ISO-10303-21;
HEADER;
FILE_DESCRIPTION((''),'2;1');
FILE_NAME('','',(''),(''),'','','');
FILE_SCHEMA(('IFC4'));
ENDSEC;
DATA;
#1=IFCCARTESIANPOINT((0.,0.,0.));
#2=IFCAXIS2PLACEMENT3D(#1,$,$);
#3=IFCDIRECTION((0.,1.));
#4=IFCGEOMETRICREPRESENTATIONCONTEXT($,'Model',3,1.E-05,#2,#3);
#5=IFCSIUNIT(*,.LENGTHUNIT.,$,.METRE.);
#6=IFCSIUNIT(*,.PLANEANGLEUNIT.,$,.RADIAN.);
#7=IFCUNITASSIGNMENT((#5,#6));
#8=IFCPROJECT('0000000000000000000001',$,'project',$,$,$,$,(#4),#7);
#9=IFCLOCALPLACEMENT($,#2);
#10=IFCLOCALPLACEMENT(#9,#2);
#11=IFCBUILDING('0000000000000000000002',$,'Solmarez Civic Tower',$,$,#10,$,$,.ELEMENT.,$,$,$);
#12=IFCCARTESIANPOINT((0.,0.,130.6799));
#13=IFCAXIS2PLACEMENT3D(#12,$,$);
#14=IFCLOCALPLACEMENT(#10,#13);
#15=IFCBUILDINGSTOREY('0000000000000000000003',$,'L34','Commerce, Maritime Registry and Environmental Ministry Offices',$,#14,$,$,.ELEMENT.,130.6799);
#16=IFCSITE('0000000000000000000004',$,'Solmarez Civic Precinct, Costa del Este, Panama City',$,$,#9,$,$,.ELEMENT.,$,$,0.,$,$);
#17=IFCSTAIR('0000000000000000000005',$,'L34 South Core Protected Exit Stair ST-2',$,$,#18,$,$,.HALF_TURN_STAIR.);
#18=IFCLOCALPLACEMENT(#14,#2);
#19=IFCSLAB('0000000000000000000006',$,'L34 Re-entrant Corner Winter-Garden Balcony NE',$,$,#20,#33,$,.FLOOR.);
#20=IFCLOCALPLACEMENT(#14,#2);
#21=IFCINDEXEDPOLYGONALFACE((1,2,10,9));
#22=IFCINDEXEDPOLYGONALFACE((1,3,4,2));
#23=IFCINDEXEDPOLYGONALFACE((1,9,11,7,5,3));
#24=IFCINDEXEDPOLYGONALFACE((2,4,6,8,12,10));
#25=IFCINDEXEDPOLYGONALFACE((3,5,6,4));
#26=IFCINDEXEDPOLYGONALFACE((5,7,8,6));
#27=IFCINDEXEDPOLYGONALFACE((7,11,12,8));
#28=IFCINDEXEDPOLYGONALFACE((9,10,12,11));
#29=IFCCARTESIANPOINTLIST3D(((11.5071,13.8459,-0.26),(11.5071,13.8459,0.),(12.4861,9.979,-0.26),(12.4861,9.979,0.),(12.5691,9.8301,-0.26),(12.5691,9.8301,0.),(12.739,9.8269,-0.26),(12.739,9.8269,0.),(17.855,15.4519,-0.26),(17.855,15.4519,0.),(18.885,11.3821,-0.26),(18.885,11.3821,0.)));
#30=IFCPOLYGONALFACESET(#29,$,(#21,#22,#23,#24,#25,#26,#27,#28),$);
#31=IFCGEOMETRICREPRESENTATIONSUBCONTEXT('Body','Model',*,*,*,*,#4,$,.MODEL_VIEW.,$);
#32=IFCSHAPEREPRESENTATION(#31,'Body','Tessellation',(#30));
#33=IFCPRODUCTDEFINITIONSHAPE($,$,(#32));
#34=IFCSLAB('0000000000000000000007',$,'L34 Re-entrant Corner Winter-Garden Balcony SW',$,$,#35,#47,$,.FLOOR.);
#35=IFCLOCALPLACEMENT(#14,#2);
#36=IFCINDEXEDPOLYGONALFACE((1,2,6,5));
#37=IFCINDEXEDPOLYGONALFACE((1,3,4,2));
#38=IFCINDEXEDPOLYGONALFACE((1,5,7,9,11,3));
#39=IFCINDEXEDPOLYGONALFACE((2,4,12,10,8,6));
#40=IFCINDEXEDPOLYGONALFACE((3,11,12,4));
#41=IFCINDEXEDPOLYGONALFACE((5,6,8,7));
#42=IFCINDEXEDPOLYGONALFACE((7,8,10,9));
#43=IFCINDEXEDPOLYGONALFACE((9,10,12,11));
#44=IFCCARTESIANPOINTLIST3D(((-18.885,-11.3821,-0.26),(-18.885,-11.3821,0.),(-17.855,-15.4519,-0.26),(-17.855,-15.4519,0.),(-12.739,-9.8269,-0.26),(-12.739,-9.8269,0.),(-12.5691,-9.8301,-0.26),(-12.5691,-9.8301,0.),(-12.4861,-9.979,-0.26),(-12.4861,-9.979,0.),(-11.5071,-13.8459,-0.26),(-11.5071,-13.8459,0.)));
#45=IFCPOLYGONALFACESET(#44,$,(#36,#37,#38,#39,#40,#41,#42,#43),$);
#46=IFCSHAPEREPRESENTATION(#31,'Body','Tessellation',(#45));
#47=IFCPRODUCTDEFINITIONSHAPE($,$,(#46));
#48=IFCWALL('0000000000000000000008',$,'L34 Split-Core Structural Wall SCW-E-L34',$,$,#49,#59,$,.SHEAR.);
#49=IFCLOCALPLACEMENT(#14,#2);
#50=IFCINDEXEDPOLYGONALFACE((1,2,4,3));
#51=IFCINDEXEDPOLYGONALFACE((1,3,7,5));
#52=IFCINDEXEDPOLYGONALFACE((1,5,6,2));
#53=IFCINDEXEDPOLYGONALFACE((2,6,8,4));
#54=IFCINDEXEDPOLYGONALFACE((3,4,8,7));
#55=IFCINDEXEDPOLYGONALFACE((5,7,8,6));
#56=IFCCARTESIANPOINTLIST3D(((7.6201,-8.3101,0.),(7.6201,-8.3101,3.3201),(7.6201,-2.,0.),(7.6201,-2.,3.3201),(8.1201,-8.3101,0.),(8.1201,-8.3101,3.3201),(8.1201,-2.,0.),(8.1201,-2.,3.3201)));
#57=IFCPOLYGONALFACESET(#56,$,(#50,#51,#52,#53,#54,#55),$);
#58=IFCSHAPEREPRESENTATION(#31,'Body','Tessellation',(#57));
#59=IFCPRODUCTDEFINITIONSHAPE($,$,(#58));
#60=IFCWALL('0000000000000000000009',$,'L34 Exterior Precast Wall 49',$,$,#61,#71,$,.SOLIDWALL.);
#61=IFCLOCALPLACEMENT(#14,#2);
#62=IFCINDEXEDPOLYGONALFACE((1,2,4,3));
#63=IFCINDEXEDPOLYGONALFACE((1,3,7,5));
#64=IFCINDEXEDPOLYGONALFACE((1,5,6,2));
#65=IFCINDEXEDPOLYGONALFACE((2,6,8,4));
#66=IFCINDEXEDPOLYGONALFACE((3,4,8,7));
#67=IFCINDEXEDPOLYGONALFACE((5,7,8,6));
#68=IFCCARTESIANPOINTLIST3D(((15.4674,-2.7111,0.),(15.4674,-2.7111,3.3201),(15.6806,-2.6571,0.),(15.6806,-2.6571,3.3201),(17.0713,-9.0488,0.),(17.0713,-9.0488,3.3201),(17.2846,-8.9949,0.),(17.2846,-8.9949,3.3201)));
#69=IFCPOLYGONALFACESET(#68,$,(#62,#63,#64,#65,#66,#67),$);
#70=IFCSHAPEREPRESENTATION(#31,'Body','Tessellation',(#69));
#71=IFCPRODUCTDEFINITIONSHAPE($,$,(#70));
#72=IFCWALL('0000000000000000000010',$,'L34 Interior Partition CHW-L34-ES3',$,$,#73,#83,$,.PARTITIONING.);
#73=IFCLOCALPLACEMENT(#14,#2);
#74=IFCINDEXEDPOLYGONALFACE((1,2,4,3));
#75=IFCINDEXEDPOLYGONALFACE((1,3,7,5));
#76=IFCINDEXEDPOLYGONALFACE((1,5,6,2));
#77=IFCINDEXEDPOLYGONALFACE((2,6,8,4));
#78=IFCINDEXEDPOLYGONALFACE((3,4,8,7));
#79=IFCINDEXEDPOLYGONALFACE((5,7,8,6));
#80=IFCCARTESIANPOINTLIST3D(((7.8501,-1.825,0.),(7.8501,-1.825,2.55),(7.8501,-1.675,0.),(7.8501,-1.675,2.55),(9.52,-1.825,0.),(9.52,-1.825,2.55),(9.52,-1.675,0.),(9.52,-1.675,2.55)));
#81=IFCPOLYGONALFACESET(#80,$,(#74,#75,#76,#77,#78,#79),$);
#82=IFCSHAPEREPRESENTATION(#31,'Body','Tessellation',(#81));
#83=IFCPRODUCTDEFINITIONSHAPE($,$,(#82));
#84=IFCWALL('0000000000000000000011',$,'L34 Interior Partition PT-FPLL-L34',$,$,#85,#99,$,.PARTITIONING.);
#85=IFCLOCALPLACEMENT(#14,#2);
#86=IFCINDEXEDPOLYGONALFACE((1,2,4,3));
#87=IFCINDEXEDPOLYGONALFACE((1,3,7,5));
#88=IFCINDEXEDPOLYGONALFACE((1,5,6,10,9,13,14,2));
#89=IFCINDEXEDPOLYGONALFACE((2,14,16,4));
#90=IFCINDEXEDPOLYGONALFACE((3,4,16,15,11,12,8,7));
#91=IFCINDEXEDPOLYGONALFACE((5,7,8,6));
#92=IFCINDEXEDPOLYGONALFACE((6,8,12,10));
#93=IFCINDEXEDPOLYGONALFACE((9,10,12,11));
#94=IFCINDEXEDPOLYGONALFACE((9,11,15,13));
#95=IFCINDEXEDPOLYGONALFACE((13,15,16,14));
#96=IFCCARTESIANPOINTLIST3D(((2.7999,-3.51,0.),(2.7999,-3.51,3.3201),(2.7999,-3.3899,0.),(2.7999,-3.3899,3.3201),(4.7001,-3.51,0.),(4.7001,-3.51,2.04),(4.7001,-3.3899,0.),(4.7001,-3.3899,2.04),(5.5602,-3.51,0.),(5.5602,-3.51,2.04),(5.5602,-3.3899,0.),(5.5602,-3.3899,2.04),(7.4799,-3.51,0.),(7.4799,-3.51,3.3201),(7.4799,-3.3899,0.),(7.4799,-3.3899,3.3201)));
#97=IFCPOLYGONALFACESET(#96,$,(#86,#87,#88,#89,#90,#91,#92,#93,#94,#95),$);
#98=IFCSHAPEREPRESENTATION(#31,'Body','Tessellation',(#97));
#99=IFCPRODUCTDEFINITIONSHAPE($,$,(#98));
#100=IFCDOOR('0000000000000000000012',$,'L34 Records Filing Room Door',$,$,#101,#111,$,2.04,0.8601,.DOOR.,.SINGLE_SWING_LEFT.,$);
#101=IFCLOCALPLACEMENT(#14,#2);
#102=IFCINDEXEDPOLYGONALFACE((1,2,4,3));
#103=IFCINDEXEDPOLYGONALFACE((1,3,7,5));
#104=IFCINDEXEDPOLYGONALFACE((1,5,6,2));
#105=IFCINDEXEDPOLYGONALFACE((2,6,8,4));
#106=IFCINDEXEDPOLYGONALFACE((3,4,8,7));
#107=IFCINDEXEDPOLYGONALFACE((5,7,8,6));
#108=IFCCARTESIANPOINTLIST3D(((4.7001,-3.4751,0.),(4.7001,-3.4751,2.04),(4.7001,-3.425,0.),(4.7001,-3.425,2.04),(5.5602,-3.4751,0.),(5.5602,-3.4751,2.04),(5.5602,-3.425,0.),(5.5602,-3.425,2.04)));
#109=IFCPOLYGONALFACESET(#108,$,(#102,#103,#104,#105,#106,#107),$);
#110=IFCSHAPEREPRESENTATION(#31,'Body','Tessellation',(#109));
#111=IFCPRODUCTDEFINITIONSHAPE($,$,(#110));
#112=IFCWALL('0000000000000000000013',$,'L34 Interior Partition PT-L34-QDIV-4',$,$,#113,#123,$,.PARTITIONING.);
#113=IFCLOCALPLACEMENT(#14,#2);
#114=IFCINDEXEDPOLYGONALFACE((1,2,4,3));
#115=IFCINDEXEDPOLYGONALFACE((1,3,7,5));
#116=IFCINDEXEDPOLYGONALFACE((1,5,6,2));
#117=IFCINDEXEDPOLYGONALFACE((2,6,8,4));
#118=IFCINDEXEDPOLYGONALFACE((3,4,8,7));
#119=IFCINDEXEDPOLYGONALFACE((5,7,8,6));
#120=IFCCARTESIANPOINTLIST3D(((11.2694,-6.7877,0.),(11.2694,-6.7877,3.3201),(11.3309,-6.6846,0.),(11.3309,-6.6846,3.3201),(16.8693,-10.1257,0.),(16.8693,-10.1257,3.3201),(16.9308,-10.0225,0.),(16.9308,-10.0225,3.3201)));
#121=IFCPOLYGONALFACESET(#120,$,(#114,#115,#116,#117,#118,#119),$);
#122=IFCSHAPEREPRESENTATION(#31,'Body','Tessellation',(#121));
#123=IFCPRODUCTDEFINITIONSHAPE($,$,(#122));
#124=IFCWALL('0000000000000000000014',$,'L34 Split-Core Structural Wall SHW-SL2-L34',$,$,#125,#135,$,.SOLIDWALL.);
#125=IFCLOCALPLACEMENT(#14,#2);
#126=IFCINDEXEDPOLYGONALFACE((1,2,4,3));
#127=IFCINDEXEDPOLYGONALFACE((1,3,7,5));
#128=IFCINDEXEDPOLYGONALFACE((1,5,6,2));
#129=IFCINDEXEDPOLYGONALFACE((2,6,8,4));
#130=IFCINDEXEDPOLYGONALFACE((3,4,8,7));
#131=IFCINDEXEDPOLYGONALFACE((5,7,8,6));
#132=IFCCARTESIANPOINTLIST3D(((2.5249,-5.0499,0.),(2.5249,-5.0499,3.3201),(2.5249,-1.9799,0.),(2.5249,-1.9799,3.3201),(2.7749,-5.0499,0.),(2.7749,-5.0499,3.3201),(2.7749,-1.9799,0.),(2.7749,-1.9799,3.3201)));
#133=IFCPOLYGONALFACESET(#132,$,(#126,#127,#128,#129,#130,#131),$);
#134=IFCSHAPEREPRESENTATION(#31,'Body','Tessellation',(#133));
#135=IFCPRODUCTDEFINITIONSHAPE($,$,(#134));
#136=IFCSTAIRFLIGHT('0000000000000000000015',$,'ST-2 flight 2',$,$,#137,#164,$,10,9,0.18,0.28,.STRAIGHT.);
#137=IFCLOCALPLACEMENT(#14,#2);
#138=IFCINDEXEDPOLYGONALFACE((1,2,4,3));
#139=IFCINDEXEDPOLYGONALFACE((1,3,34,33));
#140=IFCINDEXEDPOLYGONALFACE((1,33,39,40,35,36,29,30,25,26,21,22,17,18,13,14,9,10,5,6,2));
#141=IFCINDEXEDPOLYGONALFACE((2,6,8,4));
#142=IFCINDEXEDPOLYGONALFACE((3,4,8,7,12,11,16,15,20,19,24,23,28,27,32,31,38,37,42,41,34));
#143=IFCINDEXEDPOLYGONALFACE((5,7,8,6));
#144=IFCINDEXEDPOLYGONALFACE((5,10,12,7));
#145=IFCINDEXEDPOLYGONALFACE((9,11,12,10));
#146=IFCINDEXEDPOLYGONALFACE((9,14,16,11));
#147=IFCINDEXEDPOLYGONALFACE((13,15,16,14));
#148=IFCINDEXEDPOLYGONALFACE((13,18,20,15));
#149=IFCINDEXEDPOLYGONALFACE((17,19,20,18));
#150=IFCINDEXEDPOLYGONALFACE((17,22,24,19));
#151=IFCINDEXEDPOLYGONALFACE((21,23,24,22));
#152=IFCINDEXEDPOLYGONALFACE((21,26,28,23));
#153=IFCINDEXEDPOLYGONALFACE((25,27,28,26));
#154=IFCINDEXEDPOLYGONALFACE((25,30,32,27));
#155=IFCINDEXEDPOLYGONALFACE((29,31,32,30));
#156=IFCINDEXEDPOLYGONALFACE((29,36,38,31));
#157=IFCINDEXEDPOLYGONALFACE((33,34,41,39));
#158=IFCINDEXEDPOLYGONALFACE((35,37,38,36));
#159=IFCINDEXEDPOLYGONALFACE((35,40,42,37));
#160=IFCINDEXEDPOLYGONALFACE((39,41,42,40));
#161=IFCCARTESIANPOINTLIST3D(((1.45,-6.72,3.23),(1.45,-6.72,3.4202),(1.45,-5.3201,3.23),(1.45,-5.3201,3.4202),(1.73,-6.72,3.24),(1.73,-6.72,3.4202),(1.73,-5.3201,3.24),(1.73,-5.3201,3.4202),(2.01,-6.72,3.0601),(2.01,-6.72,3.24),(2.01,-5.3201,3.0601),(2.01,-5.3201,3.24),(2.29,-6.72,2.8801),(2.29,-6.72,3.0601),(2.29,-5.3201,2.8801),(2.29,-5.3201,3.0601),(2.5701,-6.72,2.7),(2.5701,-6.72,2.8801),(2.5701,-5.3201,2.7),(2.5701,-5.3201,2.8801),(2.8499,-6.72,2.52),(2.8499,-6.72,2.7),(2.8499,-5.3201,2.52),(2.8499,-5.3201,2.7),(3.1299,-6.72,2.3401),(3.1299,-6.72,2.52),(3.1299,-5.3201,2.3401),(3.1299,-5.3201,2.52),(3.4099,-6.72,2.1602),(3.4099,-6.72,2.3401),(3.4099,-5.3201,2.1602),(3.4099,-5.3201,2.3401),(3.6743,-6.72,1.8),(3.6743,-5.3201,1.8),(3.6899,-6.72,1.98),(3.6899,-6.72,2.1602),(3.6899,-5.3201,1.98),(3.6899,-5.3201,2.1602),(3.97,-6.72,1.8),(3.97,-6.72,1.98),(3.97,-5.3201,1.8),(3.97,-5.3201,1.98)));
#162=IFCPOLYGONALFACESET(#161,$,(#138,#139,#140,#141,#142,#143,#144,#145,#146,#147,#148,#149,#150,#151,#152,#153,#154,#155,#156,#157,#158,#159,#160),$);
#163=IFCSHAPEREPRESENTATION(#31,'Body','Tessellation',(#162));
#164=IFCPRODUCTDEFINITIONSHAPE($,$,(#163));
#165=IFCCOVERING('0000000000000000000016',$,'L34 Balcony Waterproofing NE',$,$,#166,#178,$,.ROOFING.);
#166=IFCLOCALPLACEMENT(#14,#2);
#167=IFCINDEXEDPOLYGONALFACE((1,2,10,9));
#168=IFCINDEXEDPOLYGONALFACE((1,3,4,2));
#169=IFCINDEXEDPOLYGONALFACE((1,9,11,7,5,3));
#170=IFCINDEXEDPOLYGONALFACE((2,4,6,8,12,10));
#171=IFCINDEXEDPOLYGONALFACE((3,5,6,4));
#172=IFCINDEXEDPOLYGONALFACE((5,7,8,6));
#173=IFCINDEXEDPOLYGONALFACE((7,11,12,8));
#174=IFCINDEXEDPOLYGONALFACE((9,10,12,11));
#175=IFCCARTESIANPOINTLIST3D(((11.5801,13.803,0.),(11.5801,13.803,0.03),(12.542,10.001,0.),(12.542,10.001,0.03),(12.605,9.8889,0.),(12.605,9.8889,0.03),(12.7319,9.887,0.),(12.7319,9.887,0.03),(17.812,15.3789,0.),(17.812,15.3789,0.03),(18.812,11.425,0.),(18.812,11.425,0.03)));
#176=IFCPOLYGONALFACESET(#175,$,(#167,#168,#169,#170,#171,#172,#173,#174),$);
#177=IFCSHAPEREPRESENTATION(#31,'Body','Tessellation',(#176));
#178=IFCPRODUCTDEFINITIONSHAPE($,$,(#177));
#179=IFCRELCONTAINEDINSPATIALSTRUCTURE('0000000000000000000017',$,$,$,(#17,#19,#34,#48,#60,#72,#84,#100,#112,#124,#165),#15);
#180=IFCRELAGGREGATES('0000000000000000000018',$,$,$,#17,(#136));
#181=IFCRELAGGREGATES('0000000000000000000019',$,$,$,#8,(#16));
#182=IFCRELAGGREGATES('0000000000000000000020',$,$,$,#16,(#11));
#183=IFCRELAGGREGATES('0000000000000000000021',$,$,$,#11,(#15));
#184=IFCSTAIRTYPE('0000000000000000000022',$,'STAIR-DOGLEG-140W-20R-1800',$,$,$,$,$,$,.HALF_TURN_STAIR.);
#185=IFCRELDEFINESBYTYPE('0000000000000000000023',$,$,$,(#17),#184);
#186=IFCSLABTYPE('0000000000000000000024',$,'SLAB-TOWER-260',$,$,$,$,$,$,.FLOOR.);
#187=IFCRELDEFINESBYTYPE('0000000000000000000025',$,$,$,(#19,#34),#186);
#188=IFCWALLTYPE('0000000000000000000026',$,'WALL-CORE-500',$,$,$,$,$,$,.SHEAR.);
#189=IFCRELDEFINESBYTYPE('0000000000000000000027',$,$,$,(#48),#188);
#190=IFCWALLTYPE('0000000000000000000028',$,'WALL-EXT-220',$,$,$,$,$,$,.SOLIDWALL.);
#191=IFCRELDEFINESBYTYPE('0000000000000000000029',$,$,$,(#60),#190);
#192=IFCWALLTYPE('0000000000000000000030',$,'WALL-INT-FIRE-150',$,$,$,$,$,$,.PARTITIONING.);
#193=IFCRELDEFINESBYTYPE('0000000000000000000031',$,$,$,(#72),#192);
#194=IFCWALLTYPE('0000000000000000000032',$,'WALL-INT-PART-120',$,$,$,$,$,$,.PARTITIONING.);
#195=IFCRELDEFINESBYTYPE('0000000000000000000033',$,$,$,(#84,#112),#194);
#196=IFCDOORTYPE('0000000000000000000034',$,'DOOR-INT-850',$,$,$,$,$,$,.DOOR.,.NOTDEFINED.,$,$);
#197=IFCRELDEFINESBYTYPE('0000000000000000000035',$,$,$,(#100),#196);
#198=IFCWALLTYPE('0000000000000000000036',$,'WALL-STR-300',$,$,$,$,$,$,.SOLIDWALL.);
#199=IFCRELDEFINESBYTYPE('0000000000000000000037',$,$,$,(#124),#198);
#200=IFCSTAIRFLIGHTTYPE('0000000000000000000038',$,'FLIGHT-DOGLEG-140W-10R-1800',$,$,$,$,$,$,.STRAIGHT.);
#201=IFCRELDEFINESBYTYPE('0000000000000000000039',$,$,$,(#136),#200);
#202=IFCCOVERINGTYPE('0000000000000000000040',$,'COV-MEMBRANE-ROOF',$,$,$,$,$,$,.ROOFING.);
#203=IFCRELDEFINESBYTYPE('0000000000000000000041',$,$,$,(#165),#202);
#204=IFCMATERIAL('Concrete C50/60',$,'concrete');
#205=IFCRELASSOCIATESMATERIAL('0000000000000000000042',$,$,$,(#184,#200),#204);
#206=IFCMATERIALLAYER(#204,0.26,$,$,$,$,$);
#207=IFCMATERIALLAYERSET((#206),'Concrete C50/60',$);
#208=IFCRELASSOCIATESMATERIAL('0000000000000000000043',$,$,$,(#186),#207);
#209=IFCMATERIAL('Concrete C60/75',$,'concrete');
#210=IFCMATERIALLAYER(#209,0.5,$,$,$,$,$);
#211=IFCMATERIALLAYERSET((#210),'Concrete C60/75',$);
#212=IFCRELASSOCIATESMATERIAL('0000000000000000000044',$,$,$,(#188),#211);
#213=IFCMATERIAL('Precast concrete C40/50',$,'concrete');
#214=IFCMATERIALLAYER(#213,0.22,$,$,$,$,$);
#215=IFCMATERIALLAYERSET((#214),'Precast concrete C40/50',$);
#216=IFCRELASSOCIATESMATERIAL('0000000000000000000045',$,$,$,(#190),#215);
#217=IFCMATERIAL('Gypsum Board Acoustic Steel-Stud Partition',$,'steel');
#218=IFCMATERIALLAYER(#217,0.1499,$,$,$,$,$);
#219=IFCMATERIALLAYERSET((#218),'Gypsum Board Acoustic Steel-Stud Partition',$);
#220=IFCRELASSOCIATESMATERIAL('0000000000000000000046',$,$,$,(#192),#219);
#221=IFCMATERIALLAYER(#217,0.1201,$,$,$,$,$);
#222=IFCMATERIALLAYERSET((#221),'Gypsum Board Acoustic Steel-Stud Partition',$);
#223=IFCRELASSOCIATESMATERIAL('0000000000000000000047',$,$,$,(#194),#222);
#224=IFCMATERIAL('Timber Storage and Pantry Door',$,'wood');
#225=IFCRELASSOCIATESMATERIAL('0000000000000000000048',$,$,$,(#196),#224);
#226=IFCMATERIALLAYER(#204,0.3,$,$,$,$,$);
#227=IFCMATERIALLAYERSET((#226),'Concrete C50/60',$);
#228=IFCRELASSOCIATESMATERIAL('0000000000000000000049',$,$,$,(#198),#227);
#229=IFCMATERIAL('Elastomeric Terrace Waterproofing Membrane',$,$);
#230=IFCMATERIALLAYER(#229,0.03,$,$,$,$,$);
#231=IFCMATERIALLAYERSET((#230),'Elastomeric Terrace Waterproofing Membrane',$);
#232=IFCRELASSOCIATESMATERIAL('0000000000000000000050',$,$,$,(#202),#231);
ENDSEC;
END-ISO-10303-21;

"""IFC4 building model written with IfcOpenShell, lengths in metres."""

from ifc_helpers import new_model, si_unit, direction, frame, frame_2d, origin, place, context, subcontext, project, spatial, polyline, rectangle, outline, extrude, material, layer, layer_set, type_object, element, fill, aggregate, save


model = new_model("IFC4")

# Units and contexts
model_context = context("Model", 3, precision=1e-05, world=origin(), true_north=direction((0.0, 1.0)))
body_context = subcontext(model_context, "Body", "Model", "MODEL_VIEW")
ifc_project = project(units=[si_unit("LENGTHUNIT", "METRE"), si_unit("PLANEANGLEUNIT", "RADIAN")], contexts=[model_context])

# Site, building, storey
site_placement = place(None, origin())
site = spatial("IfcSite", under=ifc_project, at=site_placement, Name="Solmarez Civic Precinct, Costa del Este, Panama City", CompositionType="ELEMENT", RefElevation=0.0)
building_placement = place(site_placement, origin())
building = spatial("IfcBuilding", under=site, at=building_placement, Name="Solmarez Civic Tower", CompositionType="ELEMENT")
storey_placement = place(building_placement, frame((0.0, 0.0, 130.6799)))
storey = spatial("IfcBuildingStorey", under=building, at=storey_placement, Name="L34", Description="Commerce, Maritime Registry and Environmental Ministry Offices", CompositionType="ELEMENT", Elevation=130.6799)

# Shared definitions
ifc_material_1 = material(Name="Concrete C50/60", Category="concrete")

# Stair
stair_type = type_object("IfcStairType", Name="STAIR-DOGLEG-140W-20R-1800", PredefinedType="HALF_TURN_STAIR", material=ifc_material_1)
stair_1_placement = place(storey_placement, origin())
stair_1 = element("IfcStair", 1, at=stair_1_placement, inside=storey, type_object=stair_type, Name="L34 South Core Protected Exit Stair ST-2", PredefinedType="HALF_TURN_STAIR")

# Slabs
ifc_layer_1 = layer(ifc_material_1, 0.26)
ifc_layer_set_1 = layer_set([ifc_layer_1], Name="Concrete C50/60")
slab_type_1 = type_object("IfcSlabType", Name="SLAB-TOWER-260", PredefinedType="FLOOR", material=ifc_layer_set_1)
slab_1_placement = place(storey_placement, frame((0.0, 0.0, -0.26)))
element("IfcSlab", 2, at=slab_1_placement, inside=storey, type_object=slab_type_1, Name="L34 Re-entrant Corner Winter-Garden Balcony NE", PredefinedType="FLOOR", context=body_context, shape_type="SweptSolid", body=[
    extrude(outline(polyline([(11.5071, 13.8459), (12.4861, 9.979), (12.5691, 9.8301), (12.739, 9.8269), (18.885, 11.3821), (17.855, 15.4519), (11.5071, 13.8459)])), origin(), (0.0, 0.0, 1.0), 0.26),
])
slab_2_placement = place(storey_placement, frame((0.0, 0.0, -0.26)))
element("IfcSlab", 3, at=slab_2_placement, inside=storey, type_object=slab_type_1, Name="L34 Re-entrant Corner Winter-Garden Balcony SW", PredefinedType="FLOOR", context=body_context, shape_type="SweptSolid", body=[
    extrude(outline(polyline([(-11.5071, -13.8459), (-12.4861, -9.979), (-12.5691, -9.8301), (-12.739, -9.8269), (-18.885, -11.3821), (-17.855, -15.4519), (-11.5071, -13.8459)])), origin(), (0.0, 0.0, 1.0), 0.26),
])

# Walls
ifc_material_2 = material(Name="Concrete C60/75", Category="concrete")
ifc_layer_2 = layer(ifc_material_2, 0.5)
ifc_layer_set_2 = layer_set([ifc_layer_2], Name="Concrete C60/75")
wall_type_1 = type_object("IfcWallType", Name="WALL-CORE-500", PredefinedType="SHEAR", material=ifc_layer_set_2)
wall_1_placement = place(storey_placement, frame((7.8701, -2.0, 0.0), z_axis=(0.0, 0.0, 1.0), x_axis=(0.0, -1.0, 0.0)))
element("IfcWall", 4, at=wall_1_placement, inside=storey, type_object=wall_type_1, Name="L34 Split-Core Structural Wall SCW-E-L34", PredefinedType="SHEAR", context=body_context, shape_type="SweptSolid", body=[
    extrude(rectangle(XDim=6.3101, YDim=0.5, at=frame_2d((3.155, 0.0))), origin(), (0.0, 0.0, 1.0), 3.3201),
])
ifc_material_3 = material(Name="Precast concrete C40/50", Category="concrete")
ifc_layer_3 = layer(ifc_material_3, 0.22)
ifc_layer_set_3 = layer_set([ifc_layer_3], Name="Precast concrete C40/50")
wall_type_2 = type_object("IfcWallType", Name="WALL-EXT-220", PredefinedType="SOLIDWALL", material=ifc_layer_set_3)
wall_2_placement = place(storey_placement, frame((15.574, -2.6841, 0.0), z_axis=(0.0, 0.0, 1.0), x_axis=(0.245346, -0.969435, 0.0)))
element("IfcWall", 5, at=wall_2_placement, inside=storey, type_object=wall_type_2, Name="L34 Exterior Precast Wall 49", PredefinedType="SOLIDWALL", context=body_context, shape_type="SweptSolid", body=[
    extrude(rectangle(XDim=6.5376, YDim=0.22, at=frame_2d((3.2688, 0.0))), origin(), (0.0, 0.0, 1.0), 3.3201),
])
ifc_material_4 = material(Name="Gypsum Board Acoustic Steel-Stud Partition", Category="steel")
ifc_layer_4 = layer(ifc_material_4, 0.1499)
ifc_layer_set_4 = layer_set([ifc_layer_4], Name="Gypsum Board Acoustic Steel-Stud Partition")
wall_type_3 = type_object("IfcWallType", Name="WALL-INT-FIRE-150", PredefinedType="PARTITIONING", material=ifc_layer_set_4)
wall_3_placement = place(storey_placement, frame((7.8501, -1.75, 0.0), z_axis=(0.0, 0.0, 1.0), x_axis=(1.0, 0.0, 0.0)))
element("IfcWall", 6, at=wall_3_placement, inside=storey, type_object=wall_type_3, Name="L34 Interior Partition CHW-L34-ES3", PredefinedType="PARTITIONING", context=body_context, shape_type="SweptSolid", body=[
    extrude(rectangle(XDim=1.6699, YDim=0.1499, at=frame_2d((0.835, 0.0))), origin(), (0.0, 0.0, 1.0), 2.55),
])

# Wall, opening, door
ifc_layer_5 = layer(ifc_material_4, 0.1201)
ifc_layer_set_5 = layer_set([ifc_layer_5], Name="Gypsum Board Acoustic Steel-Stud Partition")
wall_type_4 = type_object("IfcWallType", Name="WALL-INT-PART-120", PredefinedType="PARTITIONING", material=ifc_layer_set_5)
wall_4_placement = place(storey_placement, frame((2.8, -3.45, 0.0), z_axis=(0.0, 0.0, 1.0), x_axis=(1.0, 0.0, 0.0)))
wall_4 = element("IfcWall", 7, at=wall_4_placement, inside=storey, type_object=wall_type_4, Name="L34 Interior Partition PT-FPLL-L34", PredefinedType="PARTITIONING", context=body_context, shape_type="SweptSolid", body=[
    extrude(rectangle(XDim=4.6799, YDim=0.1201, at=frame_2d((2.3398, 0.0))), origin(), (0.0, 0.0, 1.0), 3.3201),
])
opening_placement = place(wall_4_placement, frame((1.8999, 0.0, 0.0)))
opening = element("IfcOpeningElement", 8, at=opening_placement, cuts=wall_4, PredefinedType="OPENING", context=body_context, shape_type="SweptSolid", body=[
    extrude(rectangle(XDim=0.8601, YDim=2.04, at=frame_2d((0.4302, 1.02))), frame((0.0, 0.0701, 0.0), z_axis=(0.0, -1.0, 0.0), x_axis=(1.0, 0.0, 0.0)), (0.0, 0.0, 1.0), 0.1401),
])
ifc_material_5 = material(Name="Timber Storage and Pantry Door", Category="wood")
door_type = type_object("IfcDoorType", Name="DOOR-INT-850", OperationType="NOTDEFINED", PredefinedType="DOOR", material=ifc_material_5)
door_placement = place(opening_placement, origin())
door = element("IfcDoor", 9, at=door_placement, inside=storey, type_object=door_type, Name="L34 Records Filing Room Door", OperationType="SINGLE_SWING_LEFT", OverallHeight=2.04, OverallWidth=0.8601, PredefinedType="DOOR", context=body_context, shape_type="SweptSolid", body=[
    extrude(rectangle(XDim=0.8601, YDim=2.04, at=frame_2d((0.4302, 1.02))), frame((0.0, 0.0249, 0.0), z_axis=(0.0, -1.0, 0.0), x_axis=(1.0, 0.0, 0.0)), (0.0, 0.0, 1.0), 0.05),
])
fill(opening, door)

# Walls
wall_5_placement = place(storey_placement, frame((11.3, -6.7361, 0.0), z_axis=(0.0, 0.0, 1.0), x_axis=(0.85898, -0.51201, 0.0)))
element("IfcWall", 10, at=wall_5_placement, inside=storey, type_object=wall_type_4, Name="L34 Interior Partition PT-L34-QDIV-4", PredefinedType="PARTITIONING", context=body_context, shape_type="SweptSolid", body=[
    extrude(rectangle(XDim=6.5193, YDim=0.1201, at=frame_2d((3.2598, 0.0))), origin(), (0.0, 0.0, 1.0), 3.3201),
])
ifc_layer_6 = layer(ifc_material_1, 0.3)
ifc_layer_set_6 = layer_set([ifc_layer_6], Name="Concrete C50/60")
wall_type_5 = type_object("IfcWallType", Name="WALL-STR-300", PredefinedType="SOLIDWALL", material=ifc_layer_set_6)
wall_6_placement = place(storey_placement, frame((2.6499, -5.05, 0.0), z_axis=(0.0, 0.0, 1.0), x_axis=(0.0, 1.0, 0.0)))
element("IfcWall", 11, at=wall_6_placement, inside=storey, type_object=wall_type_5, Name="L34 Split-Core Structural Wall SHW-SL2-L34", PredefinedType="SOLIDWALL", context=body_context, shape_type="SweptSolid", body=[
    extrude(rectangle(XDim=3.0701, YDim=0.25, at=frame_2d((1.5352, 0.0))), origin(), (0.0, 0.0, 1.0), 3.3201),
])

# Stair flight
stair_flight_type = type_object("IfcStairFlightType", Name="FLIGHT-DOGLEG-140W-10R-1800", PredefinedType="STRAIGHT", material=ifc_material_1)
stair_flight_placement = place(storey_placement, frame((3.97, -6.02, 1.8), z_axis=(0.0, 0.0, 1.0), x_axis=(-1.0, 0.0, 0.0)))
stair_flight = element("IfcStairFlight", 12, at=stair_flight_placement, type_object=stair_flight_type, Name="ST-2 flight 2", NumberOfRisers=10, NumberOfTreads=9, PredefinedType="STRAIGHT", RiserHeight=0.18, TreadLength=0.28, context=body_context, shape_type="SweptSolid", body=[
    extrude(outline(polyline([(0.0, 0.0), (0.0, 0.1799), (0.28, 0.1799), (0.28, 0.3601), (0.5601, 0.3601), (0.5601, 0.54), (0.8401, 0.54), (0.8401, 0.72), (1.1201, 0.72), (1.1201, 0.8999), (1.3999, 0.8999), (1.3999, 1.0801), (1.6799, 1.0801), (1.6799, 1.26), (1.96, 1.26), (1.96, 1.4399), (2.24, 1.4399), (2.24, 1.6201), (2.52, 1.6201), (2.52, 1.8), (2.52, 1.4299), (0.2957, 0.0), (0.0, 0.0)])), frame((0.0, 0.7, 0.0), z_axis=(0.0, -1.0, 0.0), x_axis=(1.0, 0.0, 0.0)), (0.0, 0.0, 1.0), 1.3999),
])
aggregate(stair_1, [stair_flight])

# Covering
ifc_material_6 = material(Name="Elastomeric Terrace Waterproofing Membrane")
ifc_layer_7 = layer(ifc_material_6, 0.03)
ifc_layer_set_7 = layer_set([ifc_layer_7], Name="Elastomeric Terrace Waterproofing Membrane")
covering_type = type_object("IfcCoveringType", Name="COV-MEMBRANE-ROOF", PredefinedType="ROOFING", material=ifc_layer_set_7)
covering_1_placement = place(storey_placement, origin())
element("IfcCovering", 13, at=covering_1_placement, inside=storey, type_object=covering_type, Name="L34 Balcony Waterproofing NE", PredefinedType="ROOFING", context=body_context, shape_type="SweptSolid", body=[
    extrude(outline(polyline([(12.542, 10.001), (12.605, 9.8889), (12.7319, 9.887), (18.812, 11.425), (17.812, 15.3789), (11.5801, 13.803), (12.542, 10.001)])), origin(), (0.0, 0.0, 1.0), 0.03),
])

save(model, "model.ifc")
